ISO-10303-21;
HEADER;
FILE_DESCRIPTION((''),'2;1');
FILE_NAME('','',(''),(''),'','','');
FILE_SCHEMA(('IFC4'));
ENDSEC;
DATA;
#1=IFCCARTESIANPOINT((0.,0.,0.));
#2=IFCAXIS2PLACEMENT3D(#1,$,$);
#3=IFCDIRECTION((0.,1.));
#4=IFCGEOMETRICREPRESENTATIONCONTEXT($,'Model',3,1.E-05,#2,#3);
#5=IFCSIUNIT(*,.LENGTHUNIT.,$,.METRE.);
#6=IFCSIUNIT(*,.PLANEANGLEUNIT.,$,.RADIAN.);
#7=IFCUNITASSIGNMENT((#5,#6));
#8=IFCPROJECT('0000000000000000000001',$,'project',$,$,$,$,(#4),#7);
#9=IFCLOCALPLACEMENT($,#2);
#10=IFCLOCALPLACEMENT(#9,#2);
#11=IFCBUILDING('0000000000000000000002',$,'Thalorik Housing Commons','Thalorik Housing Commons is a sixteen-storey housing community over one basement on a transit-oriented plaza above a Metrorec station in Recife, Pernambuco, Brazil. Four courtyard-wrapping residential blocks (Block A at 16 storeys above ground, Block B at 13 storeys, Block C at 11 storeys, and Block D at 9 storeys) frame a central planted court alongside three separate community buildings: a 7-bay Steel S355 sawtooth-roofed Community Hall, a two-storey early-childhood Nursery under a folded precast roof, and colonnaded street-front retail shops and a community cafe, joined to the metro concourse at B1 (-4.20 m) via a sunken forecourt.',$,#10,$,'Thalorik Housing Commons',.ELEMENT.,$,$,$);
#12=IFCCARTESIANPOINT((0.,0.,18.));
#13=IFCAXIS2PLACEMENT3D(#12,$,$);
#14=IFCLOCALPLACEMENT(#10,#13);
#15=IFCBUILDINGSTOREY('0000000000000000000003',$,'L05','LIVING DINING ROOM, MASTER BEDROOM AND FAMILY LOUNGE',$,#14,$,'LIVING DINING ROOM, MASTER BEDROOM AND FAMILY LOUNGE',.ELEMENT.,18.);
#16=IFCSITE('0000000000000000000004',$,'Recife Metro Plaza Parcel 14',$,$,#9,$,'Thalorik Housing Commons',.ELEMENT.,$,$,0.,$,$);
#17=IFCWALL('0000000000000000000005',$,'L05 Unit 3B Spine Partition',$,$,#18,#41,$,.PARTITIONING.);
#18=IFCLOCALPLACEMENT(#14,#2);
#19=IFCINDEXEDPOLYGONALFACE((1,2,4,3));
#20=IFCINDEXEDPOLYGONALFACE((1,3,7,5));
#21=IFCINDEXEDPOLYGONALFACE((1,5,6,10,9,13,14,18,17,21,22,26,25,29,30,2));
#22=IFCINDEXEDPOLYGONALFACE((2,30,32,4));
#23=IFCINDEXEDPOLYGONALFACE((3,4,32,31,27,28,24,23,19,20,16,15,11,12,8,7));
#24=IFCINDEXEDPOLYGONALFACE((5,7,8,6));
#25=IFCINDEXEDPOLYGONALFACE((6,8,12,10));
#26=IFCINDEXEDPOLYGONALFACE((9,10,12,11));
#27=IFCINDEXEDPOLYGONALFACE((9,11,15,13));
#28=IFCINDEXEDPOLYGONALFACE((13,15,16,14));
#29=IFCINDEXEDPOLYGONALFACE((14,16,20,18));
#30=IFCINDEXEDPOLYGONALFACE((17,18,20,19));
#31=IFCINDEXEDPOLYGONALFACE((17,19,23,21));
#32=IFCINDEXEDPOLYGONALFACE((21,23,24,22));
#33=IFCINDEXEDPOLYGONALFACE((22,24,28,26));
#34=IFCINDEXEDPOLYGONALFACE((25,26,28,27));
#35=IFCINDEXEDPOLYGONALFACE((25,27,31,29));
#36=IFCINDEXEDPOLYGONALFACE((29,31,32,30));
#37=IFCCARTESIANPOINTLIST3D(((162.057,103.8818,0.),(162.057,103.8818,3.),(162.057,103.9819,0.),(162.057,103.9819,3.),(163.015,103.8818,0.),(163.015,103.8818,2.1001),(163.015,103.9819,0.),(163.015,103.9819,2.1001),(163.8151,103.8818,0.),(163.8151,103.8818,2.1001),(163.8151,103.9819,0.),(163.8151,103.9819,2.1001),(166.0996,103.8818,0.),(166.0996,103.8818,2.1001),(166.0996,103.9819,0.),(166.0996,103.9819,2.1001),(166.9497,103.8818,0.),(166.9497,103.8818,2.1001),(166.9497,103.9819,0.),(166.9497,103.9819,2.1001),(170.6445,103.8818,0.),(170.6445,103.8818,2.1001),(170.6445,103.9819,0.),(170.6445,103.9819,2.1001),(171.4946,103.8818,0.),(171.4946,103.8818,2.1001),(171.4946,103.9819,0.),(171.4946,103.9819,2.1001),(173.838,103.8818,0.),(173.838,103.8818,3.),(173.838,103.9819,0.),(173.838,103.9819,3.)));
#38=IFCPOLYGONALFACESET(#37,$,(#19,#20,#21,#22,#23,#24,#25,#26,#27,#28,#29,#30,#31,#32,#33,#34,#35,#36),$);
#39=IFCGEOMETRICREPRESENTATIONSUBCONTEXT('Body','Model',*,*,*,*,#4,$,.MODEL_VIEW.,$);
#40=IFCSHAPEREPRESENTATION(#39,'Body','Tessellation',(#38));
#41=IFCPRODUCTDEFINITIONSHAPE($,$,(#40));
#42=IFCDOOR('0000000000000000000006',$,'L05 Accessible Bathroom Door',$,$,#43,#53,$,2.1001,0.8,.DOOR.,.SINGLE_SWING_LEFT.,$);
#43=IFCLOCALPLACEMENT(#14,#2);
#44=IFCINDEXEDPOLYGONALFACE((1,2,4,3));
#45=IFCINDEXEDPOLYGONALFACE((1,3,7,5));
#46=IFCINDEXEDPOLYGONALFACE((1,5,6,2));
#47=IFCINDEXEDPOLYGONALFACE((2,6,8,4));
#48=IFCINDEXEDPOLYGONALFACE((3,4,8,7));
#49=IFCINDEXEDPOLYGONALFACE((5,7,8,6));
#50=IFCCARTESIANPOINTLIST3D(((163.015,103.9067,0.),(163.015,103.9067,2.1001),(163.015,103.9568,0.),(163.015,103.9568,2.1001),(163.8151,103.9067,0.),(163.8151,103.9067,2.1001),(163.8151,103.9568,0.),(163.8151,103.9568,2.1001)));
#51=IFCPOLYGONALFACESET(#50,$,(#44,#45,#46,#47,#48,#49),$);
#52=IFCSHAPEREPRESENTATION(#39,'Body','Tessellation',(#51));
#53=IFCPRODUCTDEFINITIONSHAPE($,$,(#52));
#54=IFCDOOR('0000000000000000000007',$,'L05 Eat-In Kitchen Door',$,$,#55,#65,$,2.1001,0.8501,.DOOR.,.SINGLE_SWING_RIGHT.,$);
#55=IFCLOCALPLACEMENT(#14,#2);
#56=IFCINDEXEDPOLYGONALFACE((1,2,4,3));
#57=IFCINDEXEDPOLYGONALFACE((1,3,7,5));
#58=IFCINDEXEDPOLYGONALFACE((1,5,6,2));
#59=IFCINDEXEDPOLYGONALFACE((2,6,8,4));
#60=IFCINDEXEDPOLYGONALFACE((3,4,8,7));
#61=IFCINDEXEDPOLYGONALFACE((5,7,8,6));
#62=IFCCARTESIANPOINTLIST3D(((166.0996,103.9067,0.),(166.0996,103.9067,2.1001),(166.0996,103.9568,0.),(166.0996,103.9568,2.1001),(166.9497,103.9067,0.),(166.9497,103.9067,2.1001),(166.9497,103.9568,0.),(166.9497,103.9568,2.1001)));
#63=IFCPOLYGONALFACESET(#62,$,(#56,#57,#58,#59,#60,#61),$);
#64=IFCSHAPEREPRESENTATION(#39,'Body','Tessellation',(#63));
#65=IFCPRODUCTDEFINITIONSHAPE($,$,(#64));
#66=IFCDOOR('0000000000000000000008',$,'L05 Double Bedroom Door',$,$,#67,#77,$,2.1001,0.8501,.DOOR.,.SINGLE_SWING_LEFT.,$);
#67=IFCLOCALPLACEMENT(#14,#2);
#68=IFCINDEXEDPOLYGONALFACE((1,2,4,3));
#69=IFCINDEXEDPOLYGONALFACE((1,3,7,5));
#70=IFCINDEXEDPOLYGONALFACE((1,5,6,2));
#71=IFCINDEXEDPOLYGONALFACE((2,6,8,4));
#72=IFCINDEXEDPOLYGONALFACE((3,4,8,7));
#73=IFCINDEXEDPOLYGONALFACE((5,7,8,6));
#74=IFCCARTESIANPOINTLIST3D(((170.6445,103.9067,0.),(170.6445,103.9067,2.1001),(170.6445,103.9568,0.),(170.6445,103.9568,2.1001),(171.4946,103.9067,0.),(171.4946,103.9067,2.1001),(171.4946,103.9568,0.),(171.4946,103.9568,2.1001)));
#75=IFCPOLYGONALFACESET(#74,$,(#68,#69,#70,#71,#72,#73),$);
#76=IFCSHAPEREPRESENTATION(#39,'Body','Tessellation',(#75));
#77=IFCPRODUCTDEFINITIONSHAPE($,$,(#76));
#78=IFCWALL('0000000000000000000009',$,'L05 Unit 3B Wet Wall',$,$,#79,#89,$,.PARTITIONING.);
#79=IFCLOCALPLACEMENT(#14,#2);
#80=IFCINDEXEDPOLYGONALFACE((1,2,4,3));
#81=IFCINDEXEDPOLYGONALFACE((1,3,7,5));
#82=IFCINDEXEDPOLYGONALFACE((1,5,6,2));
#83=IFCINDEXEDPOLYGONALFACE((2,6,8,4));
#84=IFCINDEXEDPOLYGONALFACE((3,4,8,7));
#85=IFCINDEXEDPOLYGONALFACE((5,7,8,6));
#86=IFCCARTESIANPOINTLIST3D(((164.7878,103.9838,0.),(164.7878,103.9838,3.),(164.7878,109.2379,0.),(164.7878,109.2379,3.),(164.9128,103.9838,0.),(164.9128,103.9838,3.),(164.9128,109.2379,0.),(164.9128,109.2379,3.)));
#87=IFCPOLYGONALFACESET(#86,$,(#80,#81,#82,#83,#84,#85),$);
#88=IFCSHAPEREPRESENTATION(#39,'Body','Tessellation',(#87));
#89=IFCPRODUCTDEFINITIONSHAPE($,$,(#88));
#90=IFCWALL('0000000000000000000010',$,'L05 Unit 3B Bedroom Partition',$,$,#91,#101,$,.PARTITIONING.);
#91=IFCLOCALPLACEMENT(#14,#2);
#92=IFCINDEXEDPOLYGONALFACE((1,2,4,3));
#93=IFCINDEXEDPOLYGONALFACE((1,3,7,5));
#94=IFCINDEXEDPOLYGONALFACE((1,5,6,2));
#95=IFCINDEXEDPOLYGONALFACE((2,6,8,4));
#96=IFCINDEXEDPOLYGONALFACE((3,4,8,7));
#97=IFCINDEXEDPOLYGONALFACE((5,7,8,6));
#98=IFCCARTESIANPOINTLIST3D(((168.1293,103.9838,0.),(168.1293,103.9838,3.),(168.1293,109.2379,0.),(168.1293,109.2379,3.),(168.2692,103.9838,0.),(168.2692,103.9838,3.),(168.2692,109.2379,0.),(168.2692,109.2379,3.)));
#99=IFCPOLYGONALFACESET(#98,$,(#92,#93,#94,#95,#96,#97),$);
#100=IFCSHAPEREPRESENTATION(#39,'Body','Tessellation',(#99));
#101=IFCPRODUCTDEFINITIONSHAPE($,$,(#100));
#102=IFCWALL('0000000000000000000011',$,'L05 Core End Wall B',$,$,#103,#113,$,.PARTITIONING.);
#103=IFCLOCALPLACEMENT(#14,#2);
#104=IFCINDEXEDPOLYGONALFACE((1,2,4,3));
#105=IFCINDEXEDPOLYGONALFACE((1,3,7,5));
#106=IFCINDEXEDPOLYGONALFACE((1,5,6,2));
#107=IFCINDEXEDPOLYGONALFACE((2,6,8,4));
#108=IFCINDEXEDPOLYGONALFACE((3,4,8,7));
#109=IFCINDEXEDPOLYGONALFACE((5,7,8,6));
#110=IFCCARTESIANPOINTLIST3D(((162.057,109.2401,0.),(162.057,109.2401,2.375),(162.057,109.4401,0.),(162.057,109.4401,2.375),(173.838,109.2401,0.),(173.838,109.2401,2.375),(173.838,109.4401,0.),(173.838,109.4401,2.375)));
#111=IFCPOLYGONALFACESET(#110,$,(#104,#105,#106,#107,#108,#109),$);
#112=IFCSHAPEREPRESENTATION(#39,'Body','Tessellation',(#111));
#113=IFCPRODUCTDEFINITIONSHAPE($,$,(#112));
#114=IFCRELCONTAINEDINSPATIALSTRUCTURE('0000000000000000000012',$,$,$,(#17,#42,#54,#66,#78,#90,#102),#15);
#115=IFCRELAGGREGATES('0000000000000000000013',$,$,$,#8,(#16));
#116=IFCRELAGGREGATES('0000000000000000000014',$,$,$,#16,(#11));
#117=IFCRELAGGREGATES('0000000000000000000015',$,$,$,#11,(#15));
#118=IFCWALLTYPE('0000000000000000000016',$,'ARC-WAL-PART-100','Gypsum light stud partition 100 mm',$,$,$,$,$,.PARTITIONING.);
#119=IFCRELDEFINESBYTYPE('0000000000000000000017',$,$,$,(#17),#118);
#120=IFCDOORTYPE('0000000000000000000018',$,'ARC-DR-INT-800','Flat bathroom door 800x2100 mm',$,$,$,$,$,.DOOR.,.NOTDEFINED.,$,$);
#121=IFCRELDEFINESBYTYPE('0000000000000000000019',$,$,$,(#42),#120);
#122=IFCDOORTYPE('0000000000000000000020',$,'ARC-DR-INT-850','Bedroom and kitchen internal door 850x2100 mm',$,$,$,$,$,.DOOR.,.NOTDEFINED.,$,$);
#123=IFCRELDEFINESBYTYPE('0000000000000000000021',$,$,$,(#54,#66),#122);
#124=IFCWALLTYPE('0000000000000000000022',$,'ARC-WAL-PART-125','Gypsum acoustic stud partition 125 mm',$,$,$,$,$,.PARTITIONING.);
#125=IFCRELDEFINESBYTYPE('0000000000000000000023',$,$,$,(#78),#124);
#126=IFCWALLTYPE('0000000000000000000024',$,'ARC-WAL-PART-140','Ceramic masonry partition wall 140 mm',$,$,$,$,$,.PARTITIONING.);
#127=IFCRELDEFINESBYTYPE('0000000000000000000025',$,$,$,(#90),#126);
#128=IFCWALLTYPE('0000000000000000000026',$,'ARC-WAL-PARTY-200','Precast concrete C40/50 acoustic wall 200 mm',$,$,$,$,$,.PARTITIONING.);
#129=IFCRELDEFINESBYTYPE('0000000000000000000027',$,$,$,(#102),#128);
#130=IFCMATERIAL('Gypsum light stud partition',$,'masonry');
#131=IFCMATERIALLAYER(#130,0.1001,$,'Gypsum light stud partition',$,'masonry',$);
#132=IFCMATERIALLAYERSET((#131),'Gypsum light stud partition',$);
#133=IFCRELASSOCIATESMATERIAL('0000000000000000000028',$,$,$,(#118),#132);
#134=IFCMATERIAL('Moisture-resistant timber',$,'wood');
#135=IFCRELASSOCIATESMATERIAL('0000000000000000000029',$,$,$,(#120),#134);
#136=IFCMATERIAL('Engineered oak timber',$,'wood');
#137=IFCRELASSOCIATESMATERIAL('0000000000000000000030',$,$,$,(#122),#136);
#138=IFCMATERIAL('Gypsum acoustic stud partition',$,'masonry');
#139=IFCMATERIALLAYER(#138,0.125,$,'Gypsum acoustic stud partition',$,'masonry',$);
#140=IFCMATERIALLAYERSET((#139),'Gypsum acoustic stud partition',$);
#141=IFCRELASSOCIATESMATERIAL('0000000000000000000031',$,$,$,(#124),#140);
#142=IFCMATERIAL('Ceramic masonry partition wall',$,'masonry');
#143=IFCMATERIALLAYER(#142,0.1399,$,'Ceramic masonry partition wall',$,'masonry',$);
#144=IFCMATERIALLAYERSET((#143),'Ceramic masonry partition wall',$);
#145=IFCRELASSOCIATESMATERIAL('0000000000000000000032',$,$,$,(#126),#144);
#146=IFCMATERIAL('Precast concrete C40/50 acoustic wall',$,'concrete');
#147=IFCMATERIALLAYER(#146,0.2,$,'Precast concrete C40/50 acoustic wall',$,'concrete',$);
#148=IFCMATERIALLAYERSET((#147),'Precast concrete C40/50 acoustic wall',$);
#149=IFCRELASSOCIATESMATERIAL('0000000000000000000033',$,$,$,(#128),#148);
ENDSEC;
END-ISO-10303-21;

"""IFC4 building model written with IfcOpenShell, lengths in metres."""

from ifc_helpers import new_model, si_unit, direction, frame, frame_2d, origin, place, context, subcontext, project, spatial, rectangle, extrude, material, layer, layer_set, type_object, element, fill, save


model = new_model("IFC4")

# Units and contexts
model_context = context("Model", 3, precision=1e-05, world=origin(), true_north=direction((0.0, 1.0)))
body_context = subcontext(model_context, "Body", "Model", "MODEL_VIEW")
ifc_project = project(units=[si_unit("LENGTHUNIT", "METRE"), si_unit("PLANEANGLEUNIT", "RADIAN")], contexts=[model_context])

# Site, building, storey
site_placement = place(None, origin())
site = spatial("IfcSite", under=ifc_project, at=site_placement, Name="Recife Metro Plaza Parcel 14", LongName="Thalorik Housing Commons", CompositionType="ELEMENT", RefElevation=0.0)
building_placement = place(site_placement, origin())
building = spatial("IfcBuilding", under=site, at=building_placement, Name="Thalorik Housing Commons", Description="Thalorik Housing Commons is a sixteen-storey housing community over one basement on a transit-oriented plaza above a Metrorec station in Recife, Pernambuco, Brazil. Four courtyard-wrapping residential blocks (Block A at 16 storeys above ground, Block B at 13 storeys, Block C at 11 storeys, and Block D at 9 storeys) frame a central planted court alongside three separate community buildings: a 7-bay Steel S355 sawtooth-roofed Community Hall, a two-storey early-childhood Nursery under a folded precast roof, and colonnaded street-front retail shops and a community cafe, joined to the metro concourse at B1 (-4.20 m) via a sunken forecourt.", LongName="Thalorik Housing Commons", CompositionType="ELEMENT")
storey_placement = place(building_placement, frame((0.0, 0.0, 18.0)))
storey = spatial("IfcBuildingStorey", under=building, at=storey_placement, Name="L05", Description="LIVING DINING ROOM, MASTER BEDROOM AND FAMILY LOUNGE", LongName="LIVING DINING ROOM, MASTER BEDROOM AND FAMILY LOUNGE", CompositionType="ELEMENT", Elevation=18.0)

# Wall, openings, doors
ifc_material_1 = material(Name="Gypsum light stud partition", Category="masonry")
ifc_layer_1 = layer(ifc_material_1, 0.1001, Name="Gypsum light stud partition", Category="masonry")
ifc_layer_set_1 = layer_set([ifc_layer_1], Name="Gypsum light stud partition")
wall_type_1 = type_object("IfcWallType", Name="ARC-WAL-PART-100", Description="Gypsum light stud partition 100 mm", PredefinedType="PARTITIONING", material=ifc_layer_set_1)
wall_1_placement = place(storey_placement, frame((162.0569, 103.9319, 0.0), z_axis=(0.0, 0.0, 1.0), x_axis=(1.0, 0.0, 0.0)))
wall_1 = element("IfcWall", 1, at=wall_1_placement, inside=storey, type_object=wall_type_1, Name="L05 Unit 3B Spine Partition", PredefinedType="PARTITIONING", context=body_context, shape_type="SweptSolid", body=[
    extrude(rectangle(XDim=11.781, YDim=0.1001, at=frame_2d((5.8906, 0.0))), origin(), (0.0, 0.0, 1.0), 3.0),
])
opening_1_placement = place(wall_1_placement, frame((0.9583, 0.0, 0.0)))
opening_1 = element("IfcOpeningElement", 2, at=opening_1_placement, cuts=wall_1, PredefinedType="OPENING", context=body_context, shape_type="SweptSolid", body=[
    extrude(rectangle(XDim=0.8, YDim=2.1001, at=frame_2d((0.3999, 1.05))), frame((0.0, 0.0601, 0.0), z_axis=(0.0, -1.0, 0.0), x_axis=(1.0, 0.0, 0.0)), (0.0, 0.0, 1.0), 0.1201),
])
opening_2_placement = place(wall_1_placement, frame((4.0427, 0.0, 0.0)))
opening_2 = element("IfcOpeningElement", 3, at=opening_2_placement, cuts=wall_1, PredefinedType="OPENING", context=body_context, shape_type="SweptSolid", body=[
    extrude(rectangle(XDim=0.8501, YDim=2.1001, at=frame_2d((0.425, 1.05))), frame((0.0, 0.0601, 0.0), z_axis=(0.0, -1.0, 0.0), x_axis=(1.0, 0.0, 0.0)), (0.0, 0.0, 1.0), 0.1201),
])
opening_3_placement = place(wall_1_placement, frame((8.5876, 0.0, 0.0)))
opening_3 = element("IfcOpeningElement", 4, at=opening_3_placement, cuts=wall_1, PredefinedType="OPENING", context=body_context, shape_type="SweptSolid", body=[
    extrude(rectangle(XDim=0.8501, YDim=2.1001, at=frame_2d((0.425, 1.05))), frame((0.0, 0.0601, 0.0), z_axis=(0.0, -1.0, 0.0), x_axis=(1.0, 0.0, 0.0)), (0.0, 0.0, 1.0), 0.1201),
])
ifc_material_2 = material(Name="Moisture-resistant timber", Category="wood")
door_type_1 = type_object("IfcDoorType", Name="ARC-DR-INT-800", Description="Flat bathroom door 800x2100 mm", OperationType="NOTDEFINED", PredefinedType="DOOR", material=ifc_material_2)
door_1_placement = place(opening_1_placement, origin())
door_1 = element("IfcDoor", 5, at=door_1_placement, inside=storey, type_object=door_type_1, Name="L05 Accessible Bathroom Door", OperationType="SINGLE_SWING_LEFT", OverallHeight=2.1001, OverallWidth=0.8, PredefinedType="DOOR", context=body_context, shape_type="SweptSolid", body=[
    extrude(rectangle(XDim=0.8, YDim=2.1001, at=frame_2d((0.3999, 1.05))), frame((0.0, 0.0249, 0.0), z_axis=(0.0, -1.0, 0.0), x_axis=(1.0, 0.0, 0.0)), (0.0, 0.0, 1.0), 0.05),
])
fill(opening_1, door_1)
ifc_material_3 = material(Name="Engineered oak timber", Category="wood")
door_type_2 = type_object("IfcDoorType", Name="ARC-DR-INT-850", Description="Bedroom and kitchen internal door 850x2100 mm", OperationType="NOTDEFINED", PredefinedType="DOOR", material=ifc_material_3)
door_2_placement = place(opening_2_placement, origin())
door_2 = element("IfcDoor", 6, at=door_2_placement, inside=storey, type_object=door_type_2, Name="L05 Eat-In Kitchen Door", OperationType="SINGLE_SWING_RIGHT", OverallHeight=2.1001, OverallWidth=0.8501, PredefinedType="DOOR", context=body_context, shape_type="SweptSolid", body=[
    extrude(rectangle(XDim=0.8501, YDim=2.1001, at=frame_2d((0.425, 1.05))), frame((0.0, 0.0249, 0.0), z_axis=(0.0, -1.0, 0.0), x_axis=(1.0, 0.0, 0.0)), (0.0, 0.0, 1.0), 0.05),
])
fill(opening_2, door_2)
door_3_placement = place(opening_3_placement, origin())
door_3 = element("IfcDoor", 7, at=door_3_placement, inside=storey, type_object=door_type_2, Name="L05 Double Bedroom Door", OperationType="SINGLE_SWING_LEFT", OverallHeight=2.1001, OverallWidth=0.8501, PredefinedType="DOOR", context=body_context, shape_type="SweptSolid", body=[
    extrude(rectangle(XDim=0.8501, YDim=2.1001, at=frame_2d((0.425, 1.05))), frame((0.0, 0.0249, 0.0), z_axis=(0.0, -1.0, 0.0), x_axis=(1.0, 0.0, 0.0)), (0.0, 0.0, 1.0), 0.05),
])
fill(opening_3, door_3)

# Walls
ifc_material_4 = material(Name="Gypsum acoustic stud partition", Category="masonry")
ifc_layer_2 = layer(ifc_material_4, 0.125, Name="Gypsum acoustic stud partition", Category="masonry")
ifc_layer_set_2 = layer_set([ifc_layer_2], Name="Gypsum acoustic stud partition")
wall_type_2 = type_object("IfcWallType", Name="ARC-WAL-PART-125", Description="Gypsum acoustic stud partition 125 mm", PredefinedType="PARTITIONING", material=ifc_layer_set_2)
wall_2_placement = place(storey_placement, frame((164.8503, 103.9839, 0.0), z_axis=(0.0, 0.0, 1.0), x_axis=(0.0, 1.0, 0.0)))
element("IfcWall", 8, at=wall_2_placement, inside=storey, type_object=wall_type_2, Name="L05 Unit 3B Wet Wall", PredefinedType="PARTITIONING", context=body_context, shape_type="SweptSolid", body=[
    extrude(rectangle(XDim=5.2542, YDim=0.125, at=frame_2d((2.627, 0.0))), origin(), (0.0, 0.0, 1.0), 3.0),
])
ifc_material_5 = material(Name="Ceramic masonry partition wall", Category="masonry")
ifc_layer_3 = layer(ifc_material_5, 0.1399, Name="Ceramic masonry partition wall", Category="masonry")
ifc_layer_set_3 = layer_set([ifc_layer_3], Name="Ceramic masonry partition wall")
wall_type_3 = type_object("IfcWallType", Name="ARC-WAL-PART-140", Description="Ceramic masonry partition wall 140 mm", PredefinedType="PARTITIONING", material=ifc_layer_set_3)
wall_3_placement = place(storey_placement, frame((168.1992, 103.9839, 0.0), z_axis=(0.0, 0.0, 1.0), x_axis=(0.0, 1.0, 0.0)))
element("IfcWall", 9, at=wall_3_placement, inside=storey, type_object=wall_type_3, Name="L05 Unit 3B Bedroom Partition", PredefinedType="PARTITIONING", context=body_context, shape_type="SweptSolid", body=[
    extrude(rectangle(XDim=5.2542, YDim=0.1399, at=frame_2d((2.627, 0.0))), origin(), (0.0, 0.0, 1.0), 3.0),
])
ifc_material_6 = material(Name="Precast concrete C40/50 acoustic wall", Category="concrete")
ifc_layer_4 = layer(ifc_material_6, 0.2, Name="Precast concrete C40/50 acoustic wall", Category="concrete")
ifc_layer_set_4 = layer_set([ifc_layer_4], Name="Precast concrete C40/50 acoustic wall")
wall_type_4 = type_object("IfcWallType", Name="ARC-WAL-PARTY-200", Description="Precast concrete C40/50 acoustic wall 200 mm", PredefinedType="PARTITIONING", material=ifc_layer_set_4)
wall_4_placement = place(storey_placement, frame((162.0569, 109.3401, 0.0), z_axis=(0.0, 0.0, 1.0), x_axis=(1.0, 0.0, 0.0)))
element("IfcWall", 10, at=wall_4_placement, inside=storey, type_object=wall_type_4, Name="L05 Core End Wall B", PredefinedType="PARTITIONING", context=body_context, shape_type="SweptSolid", body=[
    extrude(rectangle(XDim=11.781, YDim=0.2, at=frame_2d((5.8906, 0.0))), origin(), (0.0, 0.0, 1.0), 2.375),
])

save(model, "model.ifc")
